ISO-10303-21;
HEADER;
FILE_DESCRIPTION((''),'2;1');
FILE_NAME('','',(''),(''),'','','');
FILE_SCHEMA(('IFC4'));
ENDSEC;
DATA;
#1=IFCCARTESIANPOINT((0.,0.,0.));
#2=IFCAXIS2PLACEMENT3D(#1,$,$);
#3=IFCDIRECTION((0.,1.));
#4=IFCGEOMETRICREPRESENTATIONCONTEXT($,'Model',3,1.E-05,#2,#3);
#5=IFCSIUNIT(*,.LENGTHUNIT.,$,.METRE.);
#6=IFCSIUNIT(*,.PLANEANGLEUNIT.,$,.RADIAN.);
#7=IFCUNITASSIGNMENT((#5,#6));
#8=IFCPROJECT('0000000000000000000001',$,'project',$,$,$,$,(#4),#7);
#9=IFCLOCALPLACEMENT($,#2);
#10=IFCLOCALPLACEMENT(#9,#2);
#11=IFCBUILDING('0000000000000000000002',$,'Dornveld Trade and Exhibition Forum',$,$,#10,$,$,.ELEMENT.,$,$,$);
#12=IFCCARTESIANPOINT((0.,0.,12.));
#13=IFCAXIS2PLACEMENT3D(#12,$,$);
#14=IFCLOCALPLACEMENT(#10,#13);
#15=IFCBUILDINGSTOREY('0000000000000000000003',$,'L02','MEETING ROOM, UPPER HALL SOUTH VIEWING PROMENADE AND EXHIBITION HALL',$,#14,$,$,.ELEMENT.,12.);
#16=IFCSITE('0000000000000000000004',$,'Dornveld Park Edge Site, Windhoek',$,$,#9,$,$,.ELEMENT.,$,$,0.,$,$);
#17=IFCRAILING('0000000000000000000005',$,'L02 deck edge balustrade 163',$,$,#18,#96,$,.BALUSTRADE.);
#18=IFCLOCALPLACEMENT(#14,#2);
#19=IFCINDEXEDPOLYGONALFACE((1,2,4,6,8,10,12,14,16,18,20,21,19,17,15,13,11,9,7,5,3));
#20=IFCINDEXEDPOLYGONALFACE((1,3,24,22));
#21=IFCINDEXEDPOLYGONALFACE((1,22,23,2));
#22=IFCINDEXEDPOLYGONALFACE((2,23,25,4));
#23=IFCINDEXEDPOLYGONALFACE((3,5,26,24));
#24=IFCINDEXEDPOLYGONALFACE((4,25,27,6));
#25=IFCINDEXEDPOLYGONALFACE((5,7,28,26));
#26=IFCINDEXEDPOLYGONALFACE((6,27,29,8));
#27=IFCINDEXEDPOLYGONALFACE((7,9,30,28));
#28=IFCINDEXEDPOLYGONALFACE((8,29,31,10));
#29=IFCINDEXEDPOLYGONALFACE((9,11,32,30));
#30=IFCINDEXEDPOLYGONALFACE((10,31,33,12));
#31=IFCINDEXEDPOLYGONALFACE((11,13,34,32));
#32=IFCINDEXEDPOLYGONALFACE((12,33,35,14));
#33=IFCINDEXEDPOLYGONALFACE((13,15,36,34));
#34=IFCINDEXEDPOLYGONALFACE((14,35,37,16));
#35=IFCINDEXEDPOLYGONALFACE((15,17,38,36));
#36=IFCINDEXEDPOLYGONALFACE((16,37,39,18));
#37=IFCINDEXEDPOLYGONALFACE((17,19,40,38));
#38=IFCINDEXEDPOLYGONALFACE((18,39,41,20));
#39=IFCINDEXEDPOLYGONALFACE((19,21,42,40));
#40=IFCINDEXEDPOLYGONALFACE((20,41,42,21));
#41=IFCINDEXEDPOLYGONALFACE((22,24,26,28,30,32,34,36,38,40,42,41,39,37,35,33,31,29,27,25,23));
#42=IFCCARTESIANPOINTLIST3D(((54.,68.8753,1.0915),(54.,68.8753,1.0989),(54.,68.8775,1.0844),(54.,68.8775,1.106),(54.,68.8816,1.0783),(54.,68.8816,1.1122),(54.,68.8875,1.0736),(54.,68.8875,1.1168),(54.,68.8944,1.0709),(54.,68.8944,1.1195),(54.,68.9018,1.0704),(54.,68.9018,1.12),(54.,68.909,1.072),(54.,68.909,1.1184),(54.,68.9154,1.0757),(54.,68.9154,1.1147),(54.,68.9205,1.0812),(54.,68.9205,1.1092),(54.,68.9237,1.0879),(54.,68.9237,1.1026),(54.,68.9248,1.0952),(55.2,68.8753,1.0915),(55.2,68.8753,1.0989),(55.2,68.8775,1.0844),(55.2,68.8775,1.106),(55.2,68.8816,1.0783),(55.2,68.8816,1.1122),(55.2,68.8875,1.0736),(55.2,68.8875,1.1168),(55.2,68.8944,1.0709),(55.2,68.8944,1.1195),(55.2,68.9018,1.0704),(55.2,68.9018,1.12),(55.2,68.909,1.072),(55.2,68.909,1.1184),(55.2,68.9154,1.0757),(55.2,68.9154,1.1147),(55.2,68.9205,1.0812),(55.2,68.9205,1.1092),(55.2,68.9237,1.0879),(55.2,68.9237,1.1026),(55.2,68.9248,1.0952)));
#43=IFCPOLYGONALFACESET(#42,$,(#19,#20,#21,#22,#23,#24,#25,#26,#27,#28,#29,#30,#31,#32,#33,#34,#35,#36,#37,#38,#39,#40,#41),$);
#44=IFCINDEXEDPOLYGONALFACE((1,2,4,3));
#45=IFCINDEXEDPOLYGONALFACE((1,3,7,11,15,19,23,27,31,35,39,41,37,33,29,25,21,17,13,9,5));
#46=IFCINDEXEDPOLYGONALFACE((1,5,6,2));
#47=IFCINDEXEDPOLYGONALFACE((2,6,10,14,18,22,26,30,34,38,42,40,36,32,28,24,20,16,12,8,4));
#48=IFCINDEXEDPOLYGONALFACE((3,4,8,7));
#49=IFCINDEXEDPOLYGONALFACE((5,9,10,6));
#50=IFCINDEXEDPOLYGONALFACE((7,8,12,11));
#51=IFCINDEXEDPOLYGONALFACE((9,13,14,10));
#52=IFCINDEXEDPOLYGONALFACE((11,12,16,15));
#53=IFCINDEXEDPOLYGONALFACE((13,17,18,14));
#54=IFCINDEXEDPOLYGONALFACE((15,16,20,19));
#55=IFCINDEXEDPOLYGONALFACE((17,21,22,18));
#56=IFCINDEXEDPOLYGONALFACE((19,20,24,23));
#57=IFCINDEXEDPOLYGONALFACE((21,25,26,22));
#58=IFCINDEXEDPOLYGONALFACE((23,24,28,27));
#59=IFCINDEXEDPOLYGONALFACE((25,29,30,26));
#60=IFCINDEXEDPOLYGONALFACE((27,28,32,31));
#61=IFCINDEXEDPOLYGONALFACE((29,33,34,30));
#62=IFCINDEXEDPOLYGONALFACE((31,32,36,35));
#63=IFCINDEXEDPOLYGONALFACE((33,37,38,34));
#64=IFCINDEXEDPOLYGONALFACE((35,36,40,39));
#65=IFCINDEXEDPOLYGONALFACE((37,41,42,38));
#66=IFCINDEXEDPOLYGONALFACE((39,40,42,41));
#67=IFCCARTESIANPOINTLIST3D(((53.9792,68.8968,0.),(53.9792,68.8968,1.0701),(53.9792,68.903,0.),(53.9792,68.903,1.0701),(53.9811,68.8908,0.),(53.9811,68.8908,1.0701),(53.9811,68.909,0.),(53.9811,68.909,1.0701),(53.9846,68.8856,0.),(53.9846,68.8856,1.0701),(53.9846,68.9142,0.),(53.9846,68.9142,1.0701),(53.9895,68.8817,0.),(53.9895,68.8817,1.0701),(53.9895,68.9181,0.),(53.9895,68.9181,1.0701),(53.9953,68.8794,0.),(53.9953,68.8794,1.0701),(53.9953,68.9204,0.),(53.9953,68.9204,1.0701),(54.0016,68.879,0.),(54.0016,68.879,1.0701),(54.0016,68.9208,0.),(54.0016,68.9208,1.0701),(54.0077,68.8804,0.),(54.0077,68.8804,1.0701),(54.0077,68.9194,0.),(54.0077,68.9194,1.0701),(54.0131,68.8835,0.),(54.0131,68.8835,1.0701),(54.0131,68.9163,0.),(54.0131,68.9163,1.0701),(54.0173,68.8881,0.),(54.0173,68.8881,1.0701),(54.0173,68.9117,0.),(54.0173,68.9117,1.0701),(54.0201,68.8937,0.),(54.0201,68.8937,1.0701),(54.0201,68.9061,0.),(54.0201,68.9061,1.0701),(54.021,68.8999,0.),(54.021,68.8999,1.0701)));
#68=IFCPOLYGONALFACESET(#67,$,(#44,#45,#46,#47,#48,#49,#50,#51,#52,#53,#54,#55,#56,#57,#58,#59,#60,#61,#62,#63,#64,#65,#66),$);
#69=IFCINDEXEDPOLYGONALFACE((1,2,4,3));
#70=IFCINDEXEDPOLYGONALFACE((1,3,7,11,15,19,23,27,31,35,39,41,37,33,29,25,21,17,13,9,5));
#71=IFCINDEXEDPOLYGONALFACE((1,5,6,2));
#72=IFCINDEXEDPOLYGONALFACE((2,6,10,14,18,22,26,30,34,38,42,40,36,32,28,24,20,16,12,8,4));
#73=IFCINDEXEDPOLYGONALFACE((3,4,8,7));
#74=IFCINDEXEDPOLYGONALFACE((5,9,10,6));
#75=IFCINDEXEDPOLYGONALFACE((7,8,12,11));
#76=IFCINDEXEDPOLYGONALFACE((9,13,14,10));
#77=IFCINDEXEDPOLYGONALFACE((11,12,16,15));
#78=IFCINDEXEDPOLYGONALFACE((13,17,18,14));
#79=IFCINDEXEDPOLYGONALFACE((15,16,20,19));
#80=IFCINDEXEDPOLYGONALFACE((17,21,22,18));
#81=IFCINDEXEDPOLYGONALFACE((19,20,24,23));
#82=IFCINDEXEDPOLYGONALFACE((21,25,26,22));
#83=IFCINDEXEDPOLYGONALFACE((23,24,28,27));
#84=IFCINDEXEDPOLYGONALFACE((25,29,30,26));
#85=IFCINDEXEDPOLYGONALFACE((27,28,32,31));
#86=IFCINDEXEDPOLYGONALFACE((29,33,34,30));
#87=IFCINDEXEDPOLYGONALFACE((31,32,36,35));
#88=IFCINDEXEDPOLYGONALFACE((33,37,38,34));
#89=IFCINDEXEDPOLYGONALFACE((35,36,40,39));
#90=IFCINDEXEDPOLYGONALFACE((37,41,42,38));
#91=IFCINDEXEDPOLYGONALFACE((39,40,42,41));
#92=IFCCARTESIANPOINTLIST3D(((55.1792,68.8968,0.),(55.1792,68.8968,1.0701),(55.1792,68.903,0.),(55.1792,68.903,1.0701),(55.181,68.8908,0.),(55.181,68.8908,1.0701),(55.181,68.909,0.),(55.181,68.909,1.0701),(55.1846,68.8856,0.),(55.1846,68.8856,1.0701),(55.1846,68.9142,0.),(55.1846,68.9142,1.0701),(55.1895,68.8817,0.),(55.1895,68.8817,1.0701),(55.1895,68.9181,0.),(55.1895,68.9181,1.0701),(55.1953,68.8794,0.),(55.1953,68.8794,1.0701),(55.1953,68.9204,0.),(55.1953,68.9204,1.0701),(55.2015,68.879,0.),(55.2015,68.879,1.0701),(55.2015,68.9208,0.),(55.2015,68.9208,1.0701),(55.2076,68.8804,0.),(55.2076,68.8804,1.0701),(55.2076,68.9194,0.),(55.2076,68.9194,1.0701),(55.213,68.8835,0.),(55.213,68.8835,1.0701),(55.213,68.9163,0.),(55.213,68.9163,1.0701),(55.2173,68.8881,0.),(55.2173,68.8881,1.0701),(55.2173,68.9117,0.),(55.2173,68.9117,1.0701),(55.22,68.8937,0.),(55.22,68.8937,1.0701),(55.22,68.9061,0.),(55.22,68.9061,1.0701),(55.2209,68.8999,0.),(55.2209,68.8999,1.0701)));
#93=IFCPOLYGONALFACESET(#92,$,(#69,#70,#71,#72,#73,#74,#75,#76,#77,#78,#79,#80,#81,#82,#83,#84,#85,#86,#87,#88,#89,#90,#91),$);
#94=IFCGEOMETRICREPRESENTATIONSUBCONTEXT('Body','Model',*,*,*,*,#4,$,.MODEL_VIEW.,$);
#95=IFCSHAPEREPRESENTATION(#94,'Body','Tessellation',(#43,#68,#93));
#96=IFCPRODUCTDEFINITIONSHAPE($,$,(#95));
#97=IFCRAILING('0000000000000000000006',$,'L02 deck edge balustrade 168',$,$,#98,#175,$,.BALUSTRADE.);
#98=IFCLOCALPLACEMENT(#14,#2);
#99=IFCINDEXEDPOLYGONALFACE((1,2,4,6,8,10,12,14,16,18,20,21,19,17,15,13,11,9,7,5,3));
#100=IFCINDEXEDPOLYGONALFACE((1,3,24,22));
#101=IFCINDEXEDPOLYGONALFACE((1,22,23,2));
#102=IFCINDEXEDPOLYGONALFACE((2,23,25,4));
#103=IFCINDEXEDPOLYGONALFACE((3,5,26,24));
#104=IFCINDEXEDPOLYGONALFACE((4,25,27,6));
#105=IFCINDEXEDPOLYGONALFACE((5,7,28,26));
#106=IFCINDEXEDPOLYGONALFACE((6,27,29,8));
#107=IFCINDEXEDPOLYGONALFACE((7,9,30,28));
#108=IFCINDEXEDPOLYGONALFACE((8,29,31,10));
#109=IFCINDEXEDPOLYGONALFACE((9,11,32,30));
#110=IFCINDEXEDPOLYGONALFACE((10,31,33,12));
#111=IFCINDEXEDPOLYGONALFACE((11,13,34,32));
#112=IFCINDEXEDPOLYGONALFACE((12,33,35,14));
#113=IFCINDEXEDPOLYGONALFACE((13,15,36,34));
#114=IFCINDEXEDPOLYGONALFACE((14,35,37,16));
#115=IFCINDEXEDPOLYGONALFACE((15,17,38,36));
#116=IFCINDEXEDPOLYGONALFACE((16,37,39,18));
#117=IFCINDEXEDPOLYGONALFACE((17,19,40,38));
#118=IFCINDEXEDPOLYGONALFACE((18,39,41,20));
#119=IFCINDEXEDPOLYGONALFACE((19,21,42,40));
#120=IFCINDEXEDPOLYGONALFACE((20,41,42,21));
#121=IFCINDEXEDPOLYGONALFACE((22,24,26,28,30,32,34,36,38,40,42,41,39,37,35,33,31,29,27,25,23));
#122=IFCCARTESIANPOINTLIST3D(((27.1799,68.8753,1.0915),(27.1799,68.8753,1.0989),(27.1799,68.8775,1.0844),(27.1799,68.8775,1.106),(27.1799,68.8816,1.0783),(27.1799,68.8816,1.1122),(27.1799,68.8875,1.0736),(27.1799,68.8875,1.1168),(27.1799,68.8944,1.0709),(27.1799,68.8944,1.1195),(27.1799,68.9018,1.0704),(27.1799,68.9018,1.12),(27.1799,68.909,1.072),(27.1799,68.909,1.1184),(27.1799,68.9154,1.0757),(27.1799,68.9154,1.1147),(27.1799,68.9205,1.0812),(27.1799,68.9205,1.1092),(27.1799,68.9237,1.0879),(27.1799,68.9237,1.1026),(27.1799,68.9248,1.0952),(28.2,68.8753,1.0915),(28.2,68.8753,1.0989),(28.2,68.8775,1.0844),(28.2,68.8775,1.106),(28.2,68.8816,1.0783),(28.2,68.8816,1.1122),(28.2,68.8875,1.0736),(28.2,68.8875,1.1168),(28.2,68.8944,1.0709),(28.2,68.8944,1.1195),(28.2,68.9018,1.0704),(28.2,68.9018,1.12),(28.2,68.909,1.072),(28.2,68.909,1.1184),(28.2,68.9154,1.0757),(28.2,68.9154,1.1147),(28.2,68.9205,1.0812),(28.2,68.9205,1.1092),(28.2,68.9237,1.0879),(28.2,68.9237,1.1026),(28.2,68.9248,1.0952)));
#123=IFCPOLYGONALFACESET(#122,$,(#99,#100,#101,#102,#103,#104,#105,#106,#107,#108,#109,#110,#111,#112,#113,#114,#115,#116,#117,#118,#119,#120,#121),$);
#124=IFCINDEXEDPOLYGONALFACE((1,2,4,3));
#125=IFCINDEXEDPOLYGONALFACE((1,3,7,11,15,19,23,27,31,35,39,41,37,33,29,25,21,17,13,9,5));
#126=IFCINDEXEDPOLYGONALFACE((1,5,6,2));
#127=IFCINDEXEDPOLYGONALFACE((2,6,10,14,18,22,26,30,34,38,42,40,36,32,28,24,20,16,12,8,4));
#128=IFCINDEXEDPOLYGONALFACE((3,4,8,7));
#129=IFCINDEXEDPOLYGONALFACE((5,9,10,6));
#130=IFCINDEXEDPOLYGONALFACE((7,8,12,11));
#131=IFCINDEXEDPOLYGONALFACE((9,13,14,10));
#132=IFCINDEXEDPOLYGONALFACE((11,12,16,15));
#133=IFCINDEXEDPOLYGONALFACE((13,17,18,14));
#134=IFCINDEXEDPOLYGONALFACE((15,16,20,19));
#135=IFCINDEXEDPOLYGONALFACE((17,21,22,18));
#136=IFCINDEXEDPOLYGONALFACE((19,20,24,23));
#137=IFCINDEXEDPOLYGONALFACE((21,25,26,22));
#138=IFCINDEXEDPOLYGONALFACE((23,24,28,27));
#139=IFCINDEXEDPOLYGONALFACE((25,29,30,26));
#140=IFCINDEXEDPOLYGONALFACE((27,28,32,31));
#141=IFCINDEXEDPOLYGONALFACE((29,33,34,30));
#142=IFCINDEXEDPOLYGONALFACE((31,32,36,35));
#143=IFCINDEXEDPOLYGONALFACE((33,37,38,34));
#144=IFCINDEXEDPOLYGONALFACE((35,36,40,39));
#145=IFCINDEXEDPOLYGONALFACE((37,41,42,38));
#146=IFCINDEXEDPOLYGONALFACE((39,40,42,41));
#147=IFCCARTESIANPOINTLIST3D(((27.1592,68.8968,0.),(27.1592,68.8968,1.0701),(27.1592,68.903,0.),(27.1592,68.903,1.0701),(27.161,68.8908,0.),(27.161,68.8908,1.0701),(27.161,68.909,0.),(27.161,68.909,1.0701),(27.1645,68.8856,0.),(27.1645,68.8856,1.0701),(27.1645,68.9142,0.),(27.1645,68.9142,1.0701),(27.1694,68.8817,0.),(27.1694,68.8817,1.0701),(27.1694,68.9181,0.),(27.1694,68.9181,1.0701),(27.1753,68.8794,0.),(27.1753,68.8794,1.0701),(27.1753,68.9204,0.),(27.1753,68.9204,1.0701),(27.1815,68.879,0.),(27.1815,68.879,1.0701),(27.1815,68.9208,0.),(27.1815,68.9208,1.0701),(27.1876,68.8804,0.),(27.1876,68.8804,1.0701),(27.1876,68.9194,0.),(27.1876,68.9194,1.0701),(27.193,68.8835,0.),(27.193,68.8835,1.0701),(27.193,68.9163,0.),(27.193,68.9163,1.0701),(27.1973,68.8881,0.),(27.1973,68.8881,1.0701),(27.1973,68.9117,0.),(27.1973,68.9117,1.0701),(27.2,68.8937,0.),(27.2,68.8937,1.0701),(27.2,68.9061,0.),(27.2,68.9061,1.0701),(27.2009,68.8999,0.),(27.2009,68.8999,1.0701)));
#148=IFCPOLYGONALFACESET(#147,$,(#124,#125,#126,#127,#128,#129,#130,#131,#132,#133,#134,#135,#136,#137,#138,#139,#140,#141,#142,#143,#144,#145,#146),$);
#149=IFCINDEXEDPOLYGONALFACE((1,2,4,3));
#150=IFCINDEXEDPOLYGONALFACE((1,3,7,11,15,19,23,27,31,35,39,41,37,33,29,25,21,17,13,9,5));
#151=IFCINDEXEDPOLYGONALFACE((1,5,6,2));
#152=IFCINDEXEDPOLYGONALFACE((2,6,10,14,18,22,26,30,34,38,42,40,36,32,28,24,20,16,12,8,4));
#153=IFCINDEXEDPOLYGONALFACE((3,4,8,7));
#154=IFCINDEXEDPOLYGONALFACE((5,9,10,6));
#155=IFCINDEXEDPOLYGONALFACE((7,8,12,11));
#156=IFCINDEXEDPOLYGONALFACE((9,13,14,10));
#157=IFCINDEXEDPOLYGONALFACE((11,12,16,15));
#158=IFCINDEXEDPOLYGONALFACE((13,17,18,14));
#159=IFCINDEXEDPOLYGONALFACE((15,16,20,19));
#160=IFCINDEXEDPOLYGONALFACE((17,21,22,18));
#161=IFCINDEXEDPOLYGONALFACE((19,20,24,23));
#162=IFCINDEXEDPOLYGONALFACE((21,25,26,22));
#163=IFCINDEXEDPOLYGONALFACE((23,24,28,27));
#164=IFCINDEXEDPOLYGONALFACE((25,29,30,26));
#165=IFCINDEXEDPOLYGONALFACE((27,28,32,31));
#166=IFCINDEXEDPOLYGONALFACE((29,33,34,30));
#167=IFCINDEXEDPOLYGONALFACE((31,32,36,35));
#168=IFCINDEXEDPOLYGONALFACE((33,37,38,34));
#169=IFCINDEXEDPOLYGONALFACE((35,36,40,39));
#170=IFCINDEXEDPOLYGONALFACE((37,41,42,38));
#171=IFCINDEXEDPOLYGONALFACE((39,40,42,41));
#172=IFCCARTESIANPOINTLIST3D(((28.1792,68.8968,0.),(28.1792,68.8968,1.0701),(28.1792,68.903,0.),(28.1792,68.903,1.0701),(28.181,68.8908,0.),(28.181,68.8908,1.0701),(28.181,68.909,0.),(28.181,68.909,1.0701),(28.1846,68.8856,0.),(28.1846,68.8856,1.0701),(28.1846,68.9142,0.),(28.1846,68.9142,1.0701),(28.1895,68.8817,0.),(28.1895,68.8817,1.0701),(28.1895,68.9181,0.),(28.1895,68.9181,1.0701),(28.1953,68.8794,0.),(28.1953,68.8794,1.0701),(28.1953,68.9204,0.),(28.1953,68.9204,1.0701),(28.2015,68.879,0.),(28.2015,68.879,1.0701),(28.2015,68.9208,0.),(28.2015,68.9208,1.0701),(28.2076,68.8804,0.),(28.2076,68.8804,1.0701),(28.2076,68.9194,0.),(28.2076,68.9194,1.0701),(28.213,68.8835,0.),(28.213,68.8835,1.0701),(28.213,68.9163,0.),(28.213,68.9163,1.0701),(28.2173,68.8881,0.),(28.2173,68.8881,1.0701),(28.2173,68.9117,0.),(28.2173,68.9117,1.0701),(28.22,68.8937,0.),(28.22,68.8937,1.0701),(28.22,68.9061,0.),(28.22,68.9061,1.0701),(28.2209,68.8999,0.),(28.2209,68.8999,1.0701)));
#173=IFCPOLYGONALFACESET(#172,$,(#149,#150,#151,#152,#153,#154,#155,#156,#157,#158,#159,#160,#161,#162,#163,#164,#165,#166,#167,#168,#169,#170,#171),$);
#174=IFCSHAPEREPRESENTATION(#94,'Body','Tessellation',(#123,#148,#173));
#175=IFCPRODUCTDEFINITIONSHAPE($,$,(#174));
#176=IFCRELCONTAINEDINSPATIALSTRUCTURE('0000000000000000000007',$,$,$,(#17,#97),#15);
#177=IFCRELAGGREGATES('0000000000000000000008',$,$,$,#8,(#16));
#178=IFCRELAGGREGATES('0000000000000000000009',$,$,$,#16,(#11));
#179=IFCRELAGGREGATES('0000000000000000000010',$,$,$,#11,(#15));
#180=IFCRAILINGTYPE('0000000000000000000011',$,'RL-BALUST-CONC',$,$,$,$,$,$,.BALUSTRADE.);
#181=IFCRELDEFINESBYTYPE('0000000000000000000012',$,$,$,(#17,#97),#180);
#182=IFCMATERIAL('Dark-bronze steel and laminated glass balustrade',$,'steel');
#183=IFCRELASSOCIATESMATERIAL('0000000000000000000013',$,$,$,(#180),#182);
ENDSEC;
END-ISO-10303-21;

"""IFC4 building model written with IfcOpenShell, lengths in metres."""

from ifc_helpers import new_model, si_unit, direction, frame, origin, origin_2d, place, context, subcontext, project, spatial, circle, extrude, material, type_object, element, save


model = new_model("IFC4")

# Units and contexts
model_context = context("Model", 3, precision=1e-05, world=origin(), true_north=direction((0.0, 1.0)))
body_context = subcontext(model_context, "Body", "Model", "MODEL_VIEW")
ifc_project = project(units=[si_unit("LENGTHUNIT", "METRE"), si_unit("PLANEANGLEUNIT", "RADIAN")], contexts=[model_context])

# Site, building, storey
site_placement = place(None, origin())
site = spatial("IfcSite", under=ifc_project, at=site_placement, Name="Dornveld Park Edge Site, Windhoek", CompositionType="ELEMENT", RefElevation=0.0)
building_placement = place(site_placement, origin())
building = spatial("IfcBuilding", under=site, at=building_placement, Name="Dornveld Trade and Exhibition Forum", CompositionType="ELEMENT")
storey_placement = place(building_placement, frame((0.0, 0.0, 12.0)))
storey = spatial("IfcBuildingStorey", under=building, at=storey_placement, Name="L02", Description="MEETING ROOM, UPPER HALL SOUTH VIEWING PROMENADE AND EXHIBITION HALL", CompositionType="ELEMENT", Elevation=12.0)

# Railings
ifc_material_1 = material(Name="Dark-bronze steel and laminated glass balustrade", Category="steel")
railing_type = type_object("IfcRailingType", Name="RL-BALUST-CONC", PredefinedType="BALUSTRADE", material=ifc_material_1)
railing_1_placement = place(storey_placement, frame((54.0, 68.8999, 0.0)))
element("IfcRailing", 1, at=railing_1_placement, inside=storey, type_object=railing_type, Name="L02 deck edge balustrade 163", PredefinedType="BALUSTRADE", context=body_context, shape_type="SweptSolid", body=[
    extrude(circle(Radius=0.0249, at=origin_2d()), frame((0.0, 0.0, 1.0952), z_axis=(1.0, 0.0, 0.0), x_axis=(0.0, 1.0, 0.0)), (0.0, 0.0, 1.0), 1.2),
    extrude(circle(Radius=0.021, at=origin_2d()), origin(), (0.0, 0.0, 1.0), 1.0701),
    extrude(circle(Radius=0.021, at=origin_2d()), frame((1.2, 0.0, 0.0)), (0.0, 0.0, 1.0), 1.0701),
])
railing_2_placement = place(storey_placement, frame((27.1799, 68.8999, 0.0)))
element("IfcRailing", 2, at=railing_2_placement, inside=storey, type_object=railing_type, Name="L02 deck edge balustrade 168", PredefinedType="BALUSTRADE", context=body_context, shape_type="SweptSolid", body=[
    extrude(circle(Radius=0.0249, at=origin_2d()), frame((0.0, 0.0, 1.0952), z_axis=(1.0, 0.0, 0.0), x_axis=(0.0, 1.0, 0.0)), (0.0, 0.0, 1.0), 1.02),
    extrude(circle(Radius=0.021, at=origin_2d()), origin(), (0.0, 0.0, 1.0), 1.0701),
    extrude(circle(Radius=0.021, at=origin_2d()), frame((1.02, 0.0, 0.0)), (0.0, 0.0, 1.0), 1.0701),
])

save(model, "model.ifc")
